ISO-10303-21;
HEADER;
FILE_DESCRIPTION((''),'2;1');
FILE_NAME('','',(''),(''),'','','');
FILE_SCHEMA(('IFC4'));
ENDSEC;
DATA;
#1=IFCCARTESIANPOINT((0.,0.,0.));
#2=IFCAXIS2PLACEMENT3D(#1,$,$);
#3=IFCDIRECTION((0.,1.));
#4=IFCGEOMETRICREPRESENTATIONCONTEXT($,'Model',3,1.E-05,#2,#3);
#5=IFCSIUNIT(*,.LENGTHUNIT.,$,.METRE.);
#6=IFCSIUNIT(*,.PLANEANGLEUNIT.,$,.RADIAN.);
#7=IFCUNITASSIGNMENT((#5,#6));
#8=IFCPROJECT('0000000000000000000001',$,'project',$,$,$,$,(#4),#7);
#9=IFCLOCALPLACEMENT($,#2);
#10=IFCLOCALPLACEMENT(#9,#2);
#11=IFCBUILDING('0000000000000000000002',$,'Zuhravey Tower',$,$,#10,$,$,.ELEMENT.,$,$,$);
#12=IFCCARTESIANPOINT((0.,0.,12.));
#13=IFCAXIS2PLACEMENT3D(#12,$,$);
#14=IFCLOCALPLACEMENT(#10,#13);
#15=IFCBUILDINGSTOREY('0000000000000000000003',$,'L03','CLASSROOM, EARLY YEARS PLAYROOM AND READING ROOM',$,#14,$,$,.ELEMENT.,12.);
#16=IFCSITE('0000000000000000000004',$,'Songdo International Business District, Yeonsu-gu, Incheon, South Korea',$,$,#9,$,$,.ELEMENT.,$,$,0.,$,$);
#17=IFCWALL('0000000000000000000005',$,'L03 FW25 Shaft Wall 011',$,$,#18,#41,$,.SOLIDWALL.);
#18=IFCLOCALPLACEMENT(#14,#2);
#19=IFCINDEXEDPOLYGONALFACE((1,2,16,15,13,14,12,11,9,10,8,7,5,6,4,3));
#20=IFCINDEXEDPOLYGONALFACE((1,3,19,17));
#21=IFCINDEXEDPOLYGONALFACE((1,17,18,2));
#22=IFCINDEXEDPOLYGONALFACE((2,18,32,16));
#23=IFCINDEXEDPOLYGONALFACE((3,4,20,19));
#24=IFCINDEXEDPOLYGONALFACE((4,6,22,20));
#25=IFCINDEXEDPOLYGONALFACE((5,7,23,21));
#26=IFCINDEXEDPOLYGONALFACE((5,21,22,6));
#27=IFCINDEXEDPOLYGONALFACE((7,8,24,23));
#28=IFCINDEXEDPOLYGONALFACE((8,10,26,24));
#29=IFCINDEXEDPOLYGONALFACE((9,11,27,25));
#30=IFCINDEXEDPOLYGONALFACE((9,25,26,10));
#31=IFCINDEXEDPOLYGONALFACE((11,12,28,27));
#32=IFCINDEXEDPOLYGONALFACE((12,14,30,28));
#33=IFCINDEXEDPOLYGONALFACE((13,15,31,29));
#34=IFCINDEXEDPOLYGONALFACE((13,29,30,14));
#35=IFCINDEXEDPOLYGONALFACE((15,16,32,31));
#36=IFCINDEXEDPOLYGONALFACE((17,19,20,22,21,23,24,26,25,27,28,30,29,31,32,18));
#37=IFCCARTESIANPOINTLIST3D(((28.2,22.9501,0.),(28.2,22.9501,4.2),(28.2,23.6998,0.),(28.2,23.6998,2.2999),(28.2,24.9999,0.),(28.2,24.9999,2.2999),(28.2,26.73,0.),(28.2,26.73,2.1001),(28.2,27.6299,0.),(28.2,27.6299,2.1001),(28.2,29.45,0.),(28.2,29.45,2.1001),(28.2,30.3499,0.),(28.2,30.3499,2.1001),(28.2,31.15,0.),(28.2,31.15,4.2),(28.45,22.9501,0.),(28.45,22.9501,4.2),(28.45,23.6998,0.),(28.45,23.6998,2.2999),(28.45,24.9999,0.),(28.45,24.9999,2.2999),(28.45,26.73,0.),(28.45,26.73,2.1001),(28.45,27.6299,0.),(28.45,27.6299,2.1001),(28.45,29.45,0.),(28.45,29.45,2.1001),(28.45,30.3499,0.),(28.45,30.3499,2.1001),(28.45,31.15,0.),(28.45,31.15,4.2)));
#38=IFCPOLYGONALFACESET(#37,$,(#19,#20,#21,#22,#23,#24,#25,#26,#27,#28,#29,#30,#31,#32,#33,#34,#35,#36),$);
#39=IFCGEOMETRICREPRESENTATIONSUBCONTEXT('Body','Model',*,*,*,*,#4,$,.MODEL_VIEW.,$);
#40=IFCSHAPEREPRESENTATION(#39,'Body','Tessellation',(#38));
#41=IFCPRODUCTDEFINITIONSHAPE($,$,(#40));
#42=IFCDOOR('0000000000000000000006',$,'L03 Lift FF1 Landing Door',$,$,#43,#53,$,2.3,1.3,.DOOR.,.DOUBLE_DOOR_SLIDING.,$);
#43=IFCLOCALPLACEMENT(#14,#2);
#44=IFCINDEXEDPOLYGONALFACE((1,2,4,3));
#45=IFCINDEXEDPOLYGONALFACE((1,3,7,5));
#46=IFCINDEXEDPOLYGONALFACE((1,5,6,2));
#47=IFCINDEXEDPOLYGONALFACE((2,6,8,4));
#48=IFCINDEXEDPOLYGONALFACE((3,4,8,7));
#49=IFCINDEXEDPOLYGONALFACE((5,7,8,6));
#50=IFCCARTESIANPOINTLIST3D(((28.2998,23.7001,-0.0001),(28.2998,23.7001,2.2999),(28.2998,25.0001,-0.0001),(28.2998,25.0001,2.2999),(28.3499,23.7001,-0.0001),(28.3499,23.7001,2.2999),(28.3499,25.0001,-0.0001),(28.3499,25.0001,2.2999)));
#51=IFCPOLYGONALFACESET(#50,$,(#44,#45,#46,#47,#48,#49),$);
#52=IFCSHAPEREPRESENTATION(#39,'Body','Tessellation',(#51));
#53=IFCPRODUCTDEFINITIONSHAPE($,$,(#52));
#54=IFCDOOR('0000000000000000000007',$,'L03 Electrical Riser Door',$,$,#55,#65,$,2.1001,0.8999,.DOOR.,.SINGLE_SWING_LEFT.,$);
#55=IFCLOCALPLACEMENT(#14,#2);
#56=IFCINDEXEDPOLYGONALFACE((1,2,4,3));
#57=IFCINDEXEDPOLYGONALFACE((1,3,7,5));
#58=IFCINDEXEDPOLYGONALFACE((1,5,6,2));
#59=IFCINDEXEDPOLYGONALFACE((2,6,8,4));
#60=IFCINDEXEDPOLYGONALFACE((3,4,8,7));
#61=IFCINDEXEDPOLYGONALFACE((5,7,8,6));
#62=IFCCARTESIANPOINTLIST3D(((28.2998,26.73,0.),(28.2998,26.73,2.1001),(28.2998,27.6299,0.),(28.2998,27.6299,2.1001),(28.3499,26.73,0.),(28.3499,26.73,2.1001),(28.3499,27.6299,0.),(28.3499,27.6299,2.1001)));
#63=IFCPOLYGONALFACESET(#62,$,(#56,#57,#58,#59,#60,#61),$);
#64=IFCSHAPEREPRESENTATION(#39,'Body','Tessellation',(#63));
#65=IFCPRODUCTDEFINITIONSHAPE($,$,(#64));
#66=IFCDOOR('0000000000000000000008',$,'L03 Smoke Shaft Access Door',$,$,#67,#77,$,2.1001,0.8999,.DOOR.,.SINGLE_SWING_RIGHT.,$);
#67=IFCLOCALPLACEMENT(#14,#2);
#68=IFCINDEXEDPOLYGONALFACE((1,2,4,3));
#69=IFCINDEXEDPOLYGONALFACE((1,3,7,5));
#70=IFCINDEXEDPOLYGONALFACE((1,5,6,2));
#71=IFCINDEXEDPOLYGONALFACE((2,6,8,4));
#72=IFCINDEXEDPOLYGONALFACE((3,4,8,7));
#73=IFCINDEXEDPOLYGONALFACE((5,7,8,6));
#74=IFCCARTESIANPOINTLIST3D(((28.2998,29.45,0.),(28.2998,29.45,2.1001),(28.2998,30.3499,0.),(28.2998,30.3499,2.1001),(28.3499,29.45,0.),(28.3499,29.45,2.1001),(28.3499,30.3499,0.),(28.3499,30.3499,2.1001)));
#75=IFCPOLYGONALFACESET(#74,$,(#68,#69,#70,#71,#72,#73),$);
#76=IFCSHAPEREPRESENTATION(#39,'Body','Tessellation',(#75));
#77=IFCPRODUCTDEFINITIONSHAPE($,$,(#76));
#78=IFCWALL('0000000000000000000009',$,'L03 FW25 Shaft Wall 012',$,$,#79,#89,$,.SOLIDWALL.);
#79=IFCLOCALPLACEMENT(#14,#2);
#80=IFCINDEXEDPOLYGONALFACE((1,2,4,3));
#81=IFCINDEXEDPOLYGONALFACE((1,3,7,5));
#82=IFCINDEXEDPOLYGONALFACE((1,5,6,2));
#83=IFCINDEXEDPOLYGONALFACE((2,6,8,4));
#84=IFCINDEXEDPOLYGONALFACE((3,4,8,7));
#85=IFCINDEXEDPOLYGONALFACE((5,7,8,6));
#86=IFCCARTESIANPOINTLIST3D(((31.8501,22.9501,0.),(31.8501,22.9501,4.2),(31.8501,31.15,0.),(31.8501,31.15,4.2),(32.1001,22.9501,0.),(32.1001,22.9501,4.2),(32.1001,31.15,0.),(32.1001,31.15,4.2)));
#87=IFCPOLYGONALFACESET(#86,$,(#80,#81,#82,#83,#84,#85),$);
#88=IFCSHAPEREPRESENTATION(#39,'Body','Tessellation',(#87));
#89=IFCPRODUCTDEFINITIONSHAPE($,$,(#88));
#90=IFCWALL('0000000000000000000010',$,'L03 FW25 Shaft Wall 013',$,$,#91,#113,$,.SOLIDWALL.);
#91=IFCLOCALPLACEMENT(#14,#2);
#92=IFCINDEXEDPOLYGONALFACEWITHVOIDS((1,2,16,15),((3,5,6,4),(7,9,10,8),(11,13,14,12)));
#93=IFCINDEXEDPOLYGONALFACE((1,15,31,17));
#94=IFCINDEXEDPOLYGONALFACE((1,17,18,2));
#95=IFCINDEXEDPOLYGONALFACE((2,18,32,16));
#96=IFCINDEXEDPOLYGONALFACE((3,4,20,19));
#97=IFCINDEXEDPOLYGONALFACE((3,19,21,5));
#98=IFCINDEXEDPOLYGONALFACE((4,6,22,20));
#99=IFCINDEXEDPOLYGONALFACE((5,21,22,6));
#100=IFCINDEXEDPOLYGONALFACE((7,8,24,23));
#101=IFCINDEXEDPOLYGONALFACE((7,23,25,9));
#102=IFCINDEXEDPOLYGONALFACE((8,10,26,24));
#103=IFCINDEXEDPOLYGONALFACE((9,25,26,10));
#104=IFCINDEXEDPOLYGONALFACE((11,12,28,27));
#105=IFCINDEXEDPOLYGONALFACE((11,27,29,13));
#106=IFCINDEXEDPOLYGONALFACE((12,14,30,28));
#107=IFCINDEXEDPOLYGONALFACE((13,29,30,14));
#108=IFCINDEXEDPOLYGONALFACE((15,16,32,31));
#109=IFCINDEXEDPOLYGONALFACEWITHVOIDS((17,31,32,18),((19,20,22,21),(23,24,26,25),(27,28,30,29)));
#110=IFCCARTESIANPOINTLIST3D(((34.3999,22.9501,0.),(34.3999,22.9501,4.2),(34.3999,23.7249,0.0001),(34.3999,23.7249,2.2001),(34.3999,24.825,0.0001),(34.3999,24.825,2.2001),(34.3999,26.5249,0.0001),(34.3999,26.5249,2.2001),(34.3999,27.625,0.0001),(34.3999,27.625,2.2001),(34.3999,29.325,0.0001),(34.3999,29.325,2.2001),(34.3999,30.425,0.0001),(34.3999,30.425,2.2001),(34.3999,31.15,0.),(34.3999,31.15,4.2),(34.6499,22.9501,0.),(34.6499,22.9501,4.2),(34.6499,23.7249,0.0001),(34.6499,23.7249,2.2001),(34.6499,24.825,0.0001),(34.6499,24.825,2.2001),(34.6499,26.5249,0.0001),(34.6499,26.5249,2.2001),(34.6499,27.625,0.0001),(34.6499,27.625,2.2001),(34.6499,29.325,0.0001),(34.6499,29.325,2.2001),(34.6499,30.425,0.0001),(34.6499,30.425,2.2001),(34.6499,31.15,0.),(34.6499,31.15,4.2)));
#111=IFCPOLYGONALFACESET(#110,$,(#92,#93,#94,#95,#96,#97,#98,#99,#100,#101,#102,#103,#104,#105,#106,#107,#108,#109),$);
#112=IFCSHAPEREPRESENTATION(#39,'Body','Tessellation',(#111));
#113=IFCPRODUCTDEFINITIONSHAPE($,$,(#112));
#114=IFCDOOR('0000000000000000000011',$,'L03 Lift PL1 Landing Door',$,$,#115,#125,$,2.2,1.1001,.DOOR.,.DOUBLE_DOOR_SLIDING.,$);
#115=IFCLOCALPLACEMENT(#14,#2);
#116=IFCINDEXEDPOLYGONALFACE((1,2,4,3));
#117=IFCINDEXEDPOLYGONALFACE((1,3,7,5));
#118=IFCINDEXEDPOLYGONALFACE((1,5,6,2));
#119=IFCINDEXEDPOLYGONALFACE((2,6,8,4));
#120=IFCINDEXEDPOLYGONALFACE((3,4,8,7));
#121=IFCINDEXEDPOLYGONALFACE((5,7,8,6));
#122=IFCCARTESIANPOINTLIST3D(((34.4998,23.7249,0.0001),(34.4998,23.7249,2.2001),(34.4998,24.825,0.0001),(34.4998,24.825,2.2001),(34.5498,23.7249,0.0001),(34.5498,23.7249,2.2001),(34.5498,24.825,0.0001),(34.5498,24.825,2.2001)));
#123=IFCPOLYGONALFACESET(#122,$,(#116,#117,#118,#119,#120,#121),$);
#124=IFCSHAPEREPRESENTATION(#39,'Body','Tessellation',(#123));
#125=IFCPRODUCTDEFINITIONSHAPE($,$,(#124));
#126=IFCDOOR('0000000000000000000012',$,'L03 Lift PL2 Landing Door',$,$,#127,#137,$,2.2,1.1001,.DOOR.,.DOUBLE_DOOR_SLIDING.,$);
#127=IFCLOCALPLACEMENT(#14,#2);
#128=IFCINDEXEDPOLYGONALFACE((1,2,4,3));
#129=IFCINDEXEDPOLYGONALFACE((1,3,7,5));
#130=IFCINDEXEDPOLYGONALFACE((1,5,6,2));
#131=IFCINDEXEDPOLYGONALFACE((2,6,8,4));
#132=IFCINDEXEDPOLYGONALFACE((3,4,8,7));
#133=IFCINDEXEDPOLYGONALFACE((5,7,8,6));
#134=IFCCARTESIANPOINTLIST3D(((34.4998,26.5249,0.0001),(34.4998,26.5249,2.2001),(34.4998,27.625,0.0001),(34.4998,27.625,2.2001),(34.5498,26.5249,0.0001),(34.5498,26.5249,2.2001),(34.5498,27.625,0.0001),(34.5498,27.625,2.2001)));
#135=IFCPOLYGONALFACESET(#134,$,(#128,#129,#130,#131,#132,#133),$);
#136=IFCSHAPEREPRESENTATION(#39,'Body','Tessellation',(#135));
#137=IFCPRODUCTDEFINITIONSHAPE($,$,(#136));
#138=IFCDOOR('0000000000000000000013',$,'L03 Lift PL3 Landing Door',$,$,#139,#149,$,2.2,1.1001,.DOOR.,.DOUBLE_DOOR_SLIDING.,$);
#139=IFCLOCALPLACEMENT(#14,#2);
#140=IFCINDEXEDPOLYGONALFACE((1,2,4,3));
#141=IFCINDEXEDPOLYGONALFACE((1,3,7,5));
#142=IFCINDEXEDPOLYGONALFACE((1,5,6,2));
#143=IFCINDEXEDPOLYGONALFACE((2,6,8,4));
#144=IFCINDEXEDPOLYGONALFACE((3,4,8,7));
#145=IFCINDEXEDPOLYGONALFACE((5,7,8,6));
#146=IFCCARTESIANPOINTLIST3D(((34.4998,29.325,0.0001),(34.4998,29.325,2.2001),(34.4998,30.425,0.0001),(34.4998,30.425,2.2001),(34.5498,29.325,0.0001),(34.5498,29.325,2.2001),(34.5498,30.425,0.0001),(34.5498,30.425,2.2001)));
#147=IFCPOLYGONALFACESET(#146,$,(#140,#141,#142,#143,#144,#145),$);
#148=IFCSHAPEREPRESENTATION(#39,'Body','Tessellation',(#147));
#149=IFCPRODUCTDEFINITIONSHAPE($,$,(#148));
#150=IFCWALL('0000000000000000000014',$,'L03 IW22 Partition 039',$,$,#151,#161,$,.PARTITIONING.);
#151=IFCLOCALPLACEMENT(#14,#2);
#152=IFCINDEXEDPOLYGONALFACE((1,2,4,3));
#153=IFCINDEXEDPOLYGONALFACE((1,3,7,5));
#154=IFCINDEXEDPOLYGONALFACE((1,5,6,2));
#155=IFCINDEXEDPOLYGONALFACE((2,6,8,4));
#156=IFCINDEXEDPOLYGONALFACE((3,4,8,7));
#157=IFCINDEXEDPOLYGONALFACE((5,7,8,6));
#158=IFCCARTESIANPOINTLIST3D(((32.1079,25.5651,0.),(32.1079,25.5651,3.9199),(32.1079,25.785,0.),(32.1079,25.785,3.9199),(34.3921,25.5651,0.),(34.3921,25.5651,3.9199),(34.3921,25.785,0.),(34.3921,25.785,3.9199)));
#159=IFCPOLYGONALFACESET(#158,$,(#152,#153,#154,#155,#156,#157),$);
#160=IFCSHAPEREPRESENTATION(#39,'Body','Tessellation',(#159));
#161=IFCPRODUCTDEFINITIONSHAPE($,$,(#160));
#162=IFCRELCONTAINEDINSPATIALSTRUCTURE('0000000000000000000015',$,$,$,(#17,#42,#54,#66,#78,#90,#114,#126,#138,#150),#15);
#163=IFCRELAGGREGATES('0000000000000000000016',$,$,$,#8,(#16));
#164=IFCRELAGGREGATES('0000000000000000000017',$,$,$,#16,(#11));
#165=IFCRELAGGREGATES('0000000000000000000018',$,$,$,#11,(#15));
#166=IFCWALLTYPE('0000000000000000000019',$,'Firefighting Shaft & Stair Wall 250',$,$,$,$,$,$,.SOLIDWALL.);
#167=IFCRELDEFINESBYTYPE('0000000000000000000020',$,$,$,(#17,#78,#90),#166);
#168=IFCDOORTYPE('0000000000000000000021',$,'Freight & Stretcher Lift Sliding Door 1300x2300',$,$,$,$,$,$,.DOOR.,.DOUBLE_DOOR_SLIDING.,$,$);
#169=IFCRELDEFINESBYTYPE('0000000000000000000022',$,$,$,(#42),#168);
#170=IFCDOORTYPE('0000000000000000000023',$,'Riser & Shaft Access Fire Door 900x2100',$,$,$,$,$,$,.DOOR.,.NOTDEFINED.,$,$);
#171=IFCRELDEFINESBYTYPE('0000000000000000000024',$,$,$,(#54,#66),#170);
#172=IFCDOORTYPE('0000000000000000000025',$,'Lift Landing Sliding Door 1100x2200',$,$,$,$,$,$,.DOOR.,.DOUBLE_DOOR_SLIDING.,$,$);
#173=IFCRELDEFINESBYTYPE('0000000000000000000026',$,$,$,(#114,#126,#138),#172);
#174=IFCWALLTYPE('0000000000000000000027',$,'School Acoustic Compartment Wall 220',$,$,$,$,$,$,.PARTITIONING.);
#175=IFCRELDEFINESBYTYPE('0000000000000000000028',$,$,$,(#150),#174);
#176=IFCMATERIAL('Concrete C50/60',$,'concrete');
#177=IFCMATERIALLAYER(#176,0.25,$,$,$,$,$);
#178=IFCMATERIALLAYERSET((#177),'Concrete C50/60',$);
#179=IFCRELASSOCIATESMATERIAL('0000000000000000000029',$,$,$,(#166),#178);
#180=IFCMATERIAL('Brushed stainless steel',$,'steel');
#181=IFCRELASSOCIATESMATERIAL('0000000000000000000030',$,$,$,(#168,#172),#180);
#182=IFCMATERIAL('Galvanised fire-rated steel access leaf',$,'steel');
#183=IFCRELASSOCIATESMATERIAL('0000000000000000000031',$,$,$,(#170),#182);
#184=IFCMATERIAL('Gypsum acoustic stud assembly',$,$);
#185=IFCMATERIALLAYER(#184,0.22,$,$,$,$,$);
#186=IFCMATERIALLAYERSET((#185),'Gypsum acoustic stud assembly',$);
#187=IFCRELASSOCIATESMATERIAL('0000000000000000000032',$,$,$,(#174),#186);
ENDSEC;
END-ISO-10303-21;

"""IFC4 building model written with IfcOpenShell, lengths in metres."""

from ifc_helpers import new_model, si_unit, direction, frame, frame_2d, origin, place, context, subcontext, project, spatial, rectangle, extrude, material, layer, layer_set, type_object, element, fill, save


model = new_model("IFC4")

# Units and contexts
model_context = context("Model", 3, precision=1e-05, world=origin(), true_north=direction((0.0, 1.0)))
body_context = subcontext(model_context, "Body", "Model", "MODEL_VIEW")
ifc_project = project(units=[si_unit("LENGTHUNIT", "METRE"), si_unit("PLANEANGLEUNIT", "RADIAN")], contexts=[model_context])

# Site, building, storey
site_placement = place(None, origin())
site = spatial("IfcSite", under=ifc_project, at=site_placement, Name="Songdo International Business District, Yeonsu-gu, Incheon, South Korea", CompositionType="ELEMENT", RefElevation=0.0)
building_placement = place(site_placement, origin())
building = spatial("IfcBuilding", under=site, at=building_placement, Name="Zuhravey Tower", CompositionType="ELEMENT")
storey_placement = place(building_placement, frame((0.0, 0.0, 12.0)))
storey = spatial("IfcBuildingStorey", under=building, at=storey_placement, Name="L03", Description="CLASSROOM, EARLY YEARS PLAYROOM AND READING ROOM", CompositionType="ELEMENT", Elevation=12.0)

# Shared definitions
ifc_material_1 = material(Name="Concrete C50/60", Category="concrete")
ifc_layer_1 = layer(ifc_material_1, 0.25)
ifc_layer_set_1 = layer_set([ifc_layer_1], Name="Concrete C50/60")
wall_type_1 = type_object("IfcWallType", Name="Firefighting Shaft & Stair Wall 250", PredefinedType="SOLIDWALL", material=ifc_layer_set_1)

# Wall, openings, doors
wall_1_placement = place(storey_placement, frame((28.325, 22.95, 0.0), z_axis=(0.0, 0.0, 1.0), x_axis=(0.0, 1.0, 0.0)))
wall_1 = element("IfcWall", 1, at=wall_1_placement, inside=storey, type_object=wall_type_1, Name="L03 FW25 Shaft Wall 011", PredefinedType="SOLIDWALL", context=body_context, shape_type="SweptSolid", body=[
    extrude(rectangle(XDim=8.2, YDim=0.25, at=frame_2d((4.1001, 0.0))), origin(), (0.0, 0.0, 1.0), 4.2),
])
opening_1_placement = place(wall_1_placement, frame((0.75, 0.0, 0.0)))
opening_1 = element("IfcOpeningElement", 2, at=opening_1_placement, cuts=wall_1, PredefinedType="OPENING", context=body_context, shape_type="SweptSolid", body=[
    extrude(rectangle(XDim=1.3, YDim=2.3, at=frame_2d((0.6499, 1.1499))), frame((0.0, 0.137, 0.0), z_axis=(0.0, -1.0, 0.0), x_axis=(1.0, 0.0, 0.0)), (0.0, 0.0, 1.0), 0.2739),
])
opening_2_placement = place(wall_1_placement, frame((3.78, 0.0, 0.0)))
opening_2 = element("IfcOpeningElement", 3, at=opening_2_placement, cuts=wall_1, PredefinedType="OPENING", context=body_context, shape_type="SweptSolid", body=[
    extrude(rectangle(XDim=0.8999, YDim=2.1001, at=frame_2d((0.45, 1.05))), frame((0.0, 0.137, 0.0), z_axis=(0.0, -1.0, 0.0), x_axis=(1.0, 0.0, 0.0)), (0.0, 0.0, 1.0), 0.2739),
])
opening_3_placement = place(wall_1_placement, frame((6.5, 0.0, 0.0)))
opening_3 = element("IfcOpeningElement", 4, at=opening_3_placement, cuts=wall_1, PredefinedType="OPENING", context=body_context, shape_type="SweptSolid", body=[
    extrude(rectangle(XDim=0.8999, YDim=2.1001, at=frame_2d((0.45, 1.05))), frame((0.0, 0.137, 0.0), z_axis=(0.0, -1.0, 0.0), x_axis=(1.0, 0.0, 0.0)), (0.0, 0.0, 1.0), 0.2739),
])
ifc_material_2 = material(Name="Brushed stainless steel", Category="steel")
door_type_1 = type_object("IfcDoorType", Name="Freight & Stretcher Lift Sliding Door 1300x2300", OperationType="DOUBLE_DOOR_SLIDING", PredefinedType="DOOR", material=ifc_material_2)
door_1_placement = place(opening_1_placement, frame((1.3, 0.0, 0.0), z_axis=(0.0, 0.0, 1.0), x_axis=(-1.0, 0.0, 0.0)))
door_1 = element("IfcDoor", 5, at=door_1_placement, inside=storey, type_object=door_type_1, Name="L03 Lift FF1 Landing Door", OperationType="DOUBLE_DOOR_SLIDING", OverallHeight=2.3, OverallWidth=1.3, PredefinedType="DOOR", context=body_context, shape_type="SweptSolid", body=[
    extrude(rectangle(XDim=1.3, YDim=2.3, at=frame_2d((0.6499, 1.1499))), frame((0.0, 0.0249, 0.0), z_axis=(0.0, -1.0, 0.0), x_axis=(1.0, 0.0, 0.0)), (0.0, 0.0, 1.0), 0.05),
])
fill(opening_1, door_1)
ifc_material_3 = material(Name="Galvanised fire-rated steel access leaf", Category="steel")
door_type_2 = type_object("IfcDoorType", Name="Riser & Shaft Access Fire Door 900x2100", OperationType="NOTDEFINED", PredefinedType="DOOR", material=ifc_material_3)
door_2_placement = place(opening_2_placement, frame((0.8999, 0.0, 0.0), z_axis=(0.0, 0.0, 1.0), x_axis=(-1.0, 0.0, 0.0)))
door_2 = element("IfcDoor", 6, at=door_2_placement, inside=storey, type_object=door_type_2, Name="L03 Electrical Riser Door", OperationType="SINGLE_SWING_LEFT", OverallHeight=2.1001, OverallWidth=0.8999, PredefinedType="DOOR", context=body_context, shape_type="SweptSolid", body=[
    extrude(rectangle(XDim=0.8999, YDim=2.1001, at=frame_2d((0.45, 1.05))), frame((0.0, 0.0249, 0.0), z_axis=(0.0, -1.0, 0.0), x_axis=(1.0, 0.0, 0.0)), (0.0, 0.0, 1.0), 0.05),
])
fill(opening_2, door_2)
door_3_placement = place(opening_3_placement, frame((0.8999, 0.0, 0.0), z_axis=(0.0, 0.0, 1.0), x_axis=(-1.0, 0.0, 0.0)))
door_3 = element("IfcDoor", 7, at=door_3_placement, inside=storey, type_object=door_type_2, Name="L03 Smoke Shaft Access Door", OperationType="SINGLE_SWING_RIGHT", OverallHeight=2.1001, OverallWidth=0.8999, PredefinedType="DOOR", context=body_context, shape_type="SweptSolid", body=[
    extrude(rectangle(XDim=0.8999, YDim=2.1001, at=frame_2d((0.45, 1.05))), frame((0.0, 0.0249, 0.0), z_axis=(0.0, -1.0, 0.0), x_axis=(1.0, 0.0, 0.0)), (0.0, 0.0, 1.0), 0.05),
])
fill(opening_3, door_3)

# Wall
wall_2_placement = place(storey_placement, frame((31.9751, 22.95, 0.0), z_axis=(0.0, 0.0, 1.0), x_axis=(0.0, 1.0, 0.0)))
element("IfcWall", 8, at=wall_2_placement, inside=storey, type_object=wall_type_1, Name="L03 FW25 Shaft Wall 012", PredefinedType="SOLIDWALL", context=body_context, shape_type="SweptSolid", body=[
    extrude(rectangle(XDim=8.2, YDim=0.25, at=frame_2d((4.1001, 0.0))), origin(), (0.0, 0.0, 1.0), 4.2),
])

# Wall, openings, doors
wall_3_placement = place(storey_placement, frame((34.5249, 22.95, 0.0), z_axis=(0.0, 0.0, 1.0), x_axis=(0.0, 1.0, 0.0)))
wall_3 = element("IfcWall", 9, at=wall_3_placement, inside=storey, type_object=wall_type_1, Name="L03 FW25 Shaft Wall 013", PredefinedType="SOLIDWALL", context=body_context, shape_type="SweptSolid", body=[
    extrude(rectangle(XDim=8.2, YDim=0.25, at=frame_2d((4.1001, 0.0))), origin(), (0.0, 0.0, 1.0), 4.2),
])
opening_4_placement = place(wall_3_placement, frame((0.7749, 0.0, 0.0)))
opening_4 = element("IfcOpeningElement", 10, at=opening_4_placement, cuts=wall_3, PredefinedType="OPENING", context=body_context, shape_type="SweptSolid", body=[
    extrude(rectangle(XDim=1.1001, YDim=2.2, at=frame_2d((0.55, 1.1001))), frame((0.0, 0.137, 0.0), z_axis=(0.0, -1.0, 0.0), x_axis=(1.0, 0.0, 0.0)), (0.0, 0.0, 1.0), 0.2739),
])
opening_5_placement = place(wall_3_placement, frame((3.575, 0.0, 0.0)))
opening_5 = element("IfcOpeningElement", 11, at=opening_5_placement, cuts=wall_3, PredefinedType="OPENING", context=body_context, shape_type="SweptSolid", body=[
    extrude(rectangle(XDim=1.1001, YDim=2.2, at=frame_2d((0.55, 1.1001))), frame((0.0, 0.137, 0.0), z_axis=(0.0, -1.0, 0.0), x_axis=(1.0, 0.0, 0.0)), (0.0, 0.0, 1.0), 0.2739),
])
opening_6_placement = place(wall_3_placement, frame((6.375, 0.0, 0.0)))
opening_6 = element("IfcOpeningElement", 12, at=opening_6_placement, cuts=wall_3, PredefinedType="OPENING", context=body_context, shape_type="SweptSolid", body=[
    extrude(rectangle(XDim=1.1001, YDim=2.2, at=frame_2d((0.55, 1.1001))), frame((0.0, 0.137, 0.0), z_axis=(0.0, -1.0, 0.0), x_axis=(1.0, 0.0, 0.0)), (0.0, 0.0, 1.0), 0.2739),
])
door_type_3 = type_object("IfcDoorType", Name="Lift Landing Sliding Door 1100x2200", OperationType="DOUBLE_DOOR_SLIDING", PredefinedType="DOOR", material=ifc_material_2)
door_4_placement = place(opening_4_placement, frame((1.1001, 0.0, 0.0), z_axis=(0.0, 0.0, 1.0), x_axis=(-1.0, 0.0, 0.0)))
door_4 = element("IfcDoor", 13, at=door_4_placement, inside=storey, type_object=door_type_3, Name="L03 Lift PL1 Landing Door", OperationType="DOUBLE_DOOR_SLIDING", OverallHeight=2.2, OverallWidth=1.1001, PredefinedType="DOOR", context=body_context, shape_type="SweptSolid", body=[
    extrude(rectangle(XDim=1.1001, YDim=2.2, at=frame_2d((0.55, 1.1001))), frame((0.0, 0.0249, 0.0), z_axis=(0.0, -1.0, 0.0), x_axis=(1.0, 0.0, 0.0)), (0.0, 0.0, 1.0), 0.05),
])
fill(opening_4, door_4)
door_5_placement = place(opening_5_placement, frame((1.1001, 0.0, 0.0), z_axis=(0.0, 0.0, 1.0), x_axis=(-1.0, 0.0, 0.0)))
door_5 = element("IfcDoor", 14, at=door_5_placement, inside=storey, type_object=door_type_3, Name="L03 Lift PL2 Landing Door", OperationType="DOUBLE_DOOR_SLIDING", OverallHeight=2.2, OverallWidth=1.1001, PredefinedType="DOOR", context=body_context, shape_type="SweptSolid", body=[
    extrude(rectangle(XDim=1.1001, YDim=2.2, at=frame_2d((0.55, 1.1001))), frame((0.0, 0.0249, 0.0), z_axis=(0.0, -1.0, 0.0), x_axis=(1.0, 0.0, 0.0)), (0.0, 0.0, 1.0), 0.05),
])
fill(opening_5, door_5)
door_6_placement = place(opening_6_placement, frame((1.1001, 0.0, 0.0), z_axis=(0.0, 0.0, 1.0), x_axis=(-1.0, 0.0, 0.0)))
door_6 = element("IfcDoor", 15, at=door_6_placement, inside=storey, type_object=door_type_3, Name="L03 Lift PL3 Landing Door", OperationType="DOUBLE_DOOR_SLIDING", OverallHeight=2.2, OverallWidth=1.1001, PredefinedType="DOOR", context=body_context, shape_type="SweptSolid", body=[
    extrude(rectangle(XDim=1.1001, YDim=2.2, at=frame_2d((0.55, 1.1001))), frame((0.0, 0.0249, 0.0), z_axis=(0.0, -1.0, 0.0), x_axis=(1.0, 0.0, 0.0)), (0.0, 0.0, 1.0), 0.05),
])
fill(opening_6, door_6)

# Wall
ifc_material_4 = material(Name="Gypsum acoustic stud assembly")
ifc_layer_2 = layer(ifc_material_4, 0.22)
ifc_layer_set_2 = layer_set([ifc_layer_2], Name="Gypsum acoustic stud assembly")
wall_type_2 = type_object("IfcWallType", Name="School Acoustic Compartment Wall 220", PredefinedType="PARTITIONING", material=ifc_layer_set_2)
for number, where, z_axis, x_axis, name in (
    (16, (32.1079, 25.675, 0.0), (0.0, 0.0, 1.0), (1.0, 0.0, 0.0), "L03 IW22 Partition 039"),
):
    element("IfcWall", number, at=place(storey_placement, frame(where, z_axis=z_axis, x_axis=x_axis)), inside=storey, type_object=wall_type_2, Name=name, PredefinedType="PARTITIONING", context=body_context, shape_type="SweptSolid", body=[
        extrude(rectangle(XDim=2.2842, YDim=0.22, at=frame_2d((1.1421, 0.0))), origin(), (0.0, 0.0, 1.0), 3.9199),
    ])

save(model, "model.ifc")
